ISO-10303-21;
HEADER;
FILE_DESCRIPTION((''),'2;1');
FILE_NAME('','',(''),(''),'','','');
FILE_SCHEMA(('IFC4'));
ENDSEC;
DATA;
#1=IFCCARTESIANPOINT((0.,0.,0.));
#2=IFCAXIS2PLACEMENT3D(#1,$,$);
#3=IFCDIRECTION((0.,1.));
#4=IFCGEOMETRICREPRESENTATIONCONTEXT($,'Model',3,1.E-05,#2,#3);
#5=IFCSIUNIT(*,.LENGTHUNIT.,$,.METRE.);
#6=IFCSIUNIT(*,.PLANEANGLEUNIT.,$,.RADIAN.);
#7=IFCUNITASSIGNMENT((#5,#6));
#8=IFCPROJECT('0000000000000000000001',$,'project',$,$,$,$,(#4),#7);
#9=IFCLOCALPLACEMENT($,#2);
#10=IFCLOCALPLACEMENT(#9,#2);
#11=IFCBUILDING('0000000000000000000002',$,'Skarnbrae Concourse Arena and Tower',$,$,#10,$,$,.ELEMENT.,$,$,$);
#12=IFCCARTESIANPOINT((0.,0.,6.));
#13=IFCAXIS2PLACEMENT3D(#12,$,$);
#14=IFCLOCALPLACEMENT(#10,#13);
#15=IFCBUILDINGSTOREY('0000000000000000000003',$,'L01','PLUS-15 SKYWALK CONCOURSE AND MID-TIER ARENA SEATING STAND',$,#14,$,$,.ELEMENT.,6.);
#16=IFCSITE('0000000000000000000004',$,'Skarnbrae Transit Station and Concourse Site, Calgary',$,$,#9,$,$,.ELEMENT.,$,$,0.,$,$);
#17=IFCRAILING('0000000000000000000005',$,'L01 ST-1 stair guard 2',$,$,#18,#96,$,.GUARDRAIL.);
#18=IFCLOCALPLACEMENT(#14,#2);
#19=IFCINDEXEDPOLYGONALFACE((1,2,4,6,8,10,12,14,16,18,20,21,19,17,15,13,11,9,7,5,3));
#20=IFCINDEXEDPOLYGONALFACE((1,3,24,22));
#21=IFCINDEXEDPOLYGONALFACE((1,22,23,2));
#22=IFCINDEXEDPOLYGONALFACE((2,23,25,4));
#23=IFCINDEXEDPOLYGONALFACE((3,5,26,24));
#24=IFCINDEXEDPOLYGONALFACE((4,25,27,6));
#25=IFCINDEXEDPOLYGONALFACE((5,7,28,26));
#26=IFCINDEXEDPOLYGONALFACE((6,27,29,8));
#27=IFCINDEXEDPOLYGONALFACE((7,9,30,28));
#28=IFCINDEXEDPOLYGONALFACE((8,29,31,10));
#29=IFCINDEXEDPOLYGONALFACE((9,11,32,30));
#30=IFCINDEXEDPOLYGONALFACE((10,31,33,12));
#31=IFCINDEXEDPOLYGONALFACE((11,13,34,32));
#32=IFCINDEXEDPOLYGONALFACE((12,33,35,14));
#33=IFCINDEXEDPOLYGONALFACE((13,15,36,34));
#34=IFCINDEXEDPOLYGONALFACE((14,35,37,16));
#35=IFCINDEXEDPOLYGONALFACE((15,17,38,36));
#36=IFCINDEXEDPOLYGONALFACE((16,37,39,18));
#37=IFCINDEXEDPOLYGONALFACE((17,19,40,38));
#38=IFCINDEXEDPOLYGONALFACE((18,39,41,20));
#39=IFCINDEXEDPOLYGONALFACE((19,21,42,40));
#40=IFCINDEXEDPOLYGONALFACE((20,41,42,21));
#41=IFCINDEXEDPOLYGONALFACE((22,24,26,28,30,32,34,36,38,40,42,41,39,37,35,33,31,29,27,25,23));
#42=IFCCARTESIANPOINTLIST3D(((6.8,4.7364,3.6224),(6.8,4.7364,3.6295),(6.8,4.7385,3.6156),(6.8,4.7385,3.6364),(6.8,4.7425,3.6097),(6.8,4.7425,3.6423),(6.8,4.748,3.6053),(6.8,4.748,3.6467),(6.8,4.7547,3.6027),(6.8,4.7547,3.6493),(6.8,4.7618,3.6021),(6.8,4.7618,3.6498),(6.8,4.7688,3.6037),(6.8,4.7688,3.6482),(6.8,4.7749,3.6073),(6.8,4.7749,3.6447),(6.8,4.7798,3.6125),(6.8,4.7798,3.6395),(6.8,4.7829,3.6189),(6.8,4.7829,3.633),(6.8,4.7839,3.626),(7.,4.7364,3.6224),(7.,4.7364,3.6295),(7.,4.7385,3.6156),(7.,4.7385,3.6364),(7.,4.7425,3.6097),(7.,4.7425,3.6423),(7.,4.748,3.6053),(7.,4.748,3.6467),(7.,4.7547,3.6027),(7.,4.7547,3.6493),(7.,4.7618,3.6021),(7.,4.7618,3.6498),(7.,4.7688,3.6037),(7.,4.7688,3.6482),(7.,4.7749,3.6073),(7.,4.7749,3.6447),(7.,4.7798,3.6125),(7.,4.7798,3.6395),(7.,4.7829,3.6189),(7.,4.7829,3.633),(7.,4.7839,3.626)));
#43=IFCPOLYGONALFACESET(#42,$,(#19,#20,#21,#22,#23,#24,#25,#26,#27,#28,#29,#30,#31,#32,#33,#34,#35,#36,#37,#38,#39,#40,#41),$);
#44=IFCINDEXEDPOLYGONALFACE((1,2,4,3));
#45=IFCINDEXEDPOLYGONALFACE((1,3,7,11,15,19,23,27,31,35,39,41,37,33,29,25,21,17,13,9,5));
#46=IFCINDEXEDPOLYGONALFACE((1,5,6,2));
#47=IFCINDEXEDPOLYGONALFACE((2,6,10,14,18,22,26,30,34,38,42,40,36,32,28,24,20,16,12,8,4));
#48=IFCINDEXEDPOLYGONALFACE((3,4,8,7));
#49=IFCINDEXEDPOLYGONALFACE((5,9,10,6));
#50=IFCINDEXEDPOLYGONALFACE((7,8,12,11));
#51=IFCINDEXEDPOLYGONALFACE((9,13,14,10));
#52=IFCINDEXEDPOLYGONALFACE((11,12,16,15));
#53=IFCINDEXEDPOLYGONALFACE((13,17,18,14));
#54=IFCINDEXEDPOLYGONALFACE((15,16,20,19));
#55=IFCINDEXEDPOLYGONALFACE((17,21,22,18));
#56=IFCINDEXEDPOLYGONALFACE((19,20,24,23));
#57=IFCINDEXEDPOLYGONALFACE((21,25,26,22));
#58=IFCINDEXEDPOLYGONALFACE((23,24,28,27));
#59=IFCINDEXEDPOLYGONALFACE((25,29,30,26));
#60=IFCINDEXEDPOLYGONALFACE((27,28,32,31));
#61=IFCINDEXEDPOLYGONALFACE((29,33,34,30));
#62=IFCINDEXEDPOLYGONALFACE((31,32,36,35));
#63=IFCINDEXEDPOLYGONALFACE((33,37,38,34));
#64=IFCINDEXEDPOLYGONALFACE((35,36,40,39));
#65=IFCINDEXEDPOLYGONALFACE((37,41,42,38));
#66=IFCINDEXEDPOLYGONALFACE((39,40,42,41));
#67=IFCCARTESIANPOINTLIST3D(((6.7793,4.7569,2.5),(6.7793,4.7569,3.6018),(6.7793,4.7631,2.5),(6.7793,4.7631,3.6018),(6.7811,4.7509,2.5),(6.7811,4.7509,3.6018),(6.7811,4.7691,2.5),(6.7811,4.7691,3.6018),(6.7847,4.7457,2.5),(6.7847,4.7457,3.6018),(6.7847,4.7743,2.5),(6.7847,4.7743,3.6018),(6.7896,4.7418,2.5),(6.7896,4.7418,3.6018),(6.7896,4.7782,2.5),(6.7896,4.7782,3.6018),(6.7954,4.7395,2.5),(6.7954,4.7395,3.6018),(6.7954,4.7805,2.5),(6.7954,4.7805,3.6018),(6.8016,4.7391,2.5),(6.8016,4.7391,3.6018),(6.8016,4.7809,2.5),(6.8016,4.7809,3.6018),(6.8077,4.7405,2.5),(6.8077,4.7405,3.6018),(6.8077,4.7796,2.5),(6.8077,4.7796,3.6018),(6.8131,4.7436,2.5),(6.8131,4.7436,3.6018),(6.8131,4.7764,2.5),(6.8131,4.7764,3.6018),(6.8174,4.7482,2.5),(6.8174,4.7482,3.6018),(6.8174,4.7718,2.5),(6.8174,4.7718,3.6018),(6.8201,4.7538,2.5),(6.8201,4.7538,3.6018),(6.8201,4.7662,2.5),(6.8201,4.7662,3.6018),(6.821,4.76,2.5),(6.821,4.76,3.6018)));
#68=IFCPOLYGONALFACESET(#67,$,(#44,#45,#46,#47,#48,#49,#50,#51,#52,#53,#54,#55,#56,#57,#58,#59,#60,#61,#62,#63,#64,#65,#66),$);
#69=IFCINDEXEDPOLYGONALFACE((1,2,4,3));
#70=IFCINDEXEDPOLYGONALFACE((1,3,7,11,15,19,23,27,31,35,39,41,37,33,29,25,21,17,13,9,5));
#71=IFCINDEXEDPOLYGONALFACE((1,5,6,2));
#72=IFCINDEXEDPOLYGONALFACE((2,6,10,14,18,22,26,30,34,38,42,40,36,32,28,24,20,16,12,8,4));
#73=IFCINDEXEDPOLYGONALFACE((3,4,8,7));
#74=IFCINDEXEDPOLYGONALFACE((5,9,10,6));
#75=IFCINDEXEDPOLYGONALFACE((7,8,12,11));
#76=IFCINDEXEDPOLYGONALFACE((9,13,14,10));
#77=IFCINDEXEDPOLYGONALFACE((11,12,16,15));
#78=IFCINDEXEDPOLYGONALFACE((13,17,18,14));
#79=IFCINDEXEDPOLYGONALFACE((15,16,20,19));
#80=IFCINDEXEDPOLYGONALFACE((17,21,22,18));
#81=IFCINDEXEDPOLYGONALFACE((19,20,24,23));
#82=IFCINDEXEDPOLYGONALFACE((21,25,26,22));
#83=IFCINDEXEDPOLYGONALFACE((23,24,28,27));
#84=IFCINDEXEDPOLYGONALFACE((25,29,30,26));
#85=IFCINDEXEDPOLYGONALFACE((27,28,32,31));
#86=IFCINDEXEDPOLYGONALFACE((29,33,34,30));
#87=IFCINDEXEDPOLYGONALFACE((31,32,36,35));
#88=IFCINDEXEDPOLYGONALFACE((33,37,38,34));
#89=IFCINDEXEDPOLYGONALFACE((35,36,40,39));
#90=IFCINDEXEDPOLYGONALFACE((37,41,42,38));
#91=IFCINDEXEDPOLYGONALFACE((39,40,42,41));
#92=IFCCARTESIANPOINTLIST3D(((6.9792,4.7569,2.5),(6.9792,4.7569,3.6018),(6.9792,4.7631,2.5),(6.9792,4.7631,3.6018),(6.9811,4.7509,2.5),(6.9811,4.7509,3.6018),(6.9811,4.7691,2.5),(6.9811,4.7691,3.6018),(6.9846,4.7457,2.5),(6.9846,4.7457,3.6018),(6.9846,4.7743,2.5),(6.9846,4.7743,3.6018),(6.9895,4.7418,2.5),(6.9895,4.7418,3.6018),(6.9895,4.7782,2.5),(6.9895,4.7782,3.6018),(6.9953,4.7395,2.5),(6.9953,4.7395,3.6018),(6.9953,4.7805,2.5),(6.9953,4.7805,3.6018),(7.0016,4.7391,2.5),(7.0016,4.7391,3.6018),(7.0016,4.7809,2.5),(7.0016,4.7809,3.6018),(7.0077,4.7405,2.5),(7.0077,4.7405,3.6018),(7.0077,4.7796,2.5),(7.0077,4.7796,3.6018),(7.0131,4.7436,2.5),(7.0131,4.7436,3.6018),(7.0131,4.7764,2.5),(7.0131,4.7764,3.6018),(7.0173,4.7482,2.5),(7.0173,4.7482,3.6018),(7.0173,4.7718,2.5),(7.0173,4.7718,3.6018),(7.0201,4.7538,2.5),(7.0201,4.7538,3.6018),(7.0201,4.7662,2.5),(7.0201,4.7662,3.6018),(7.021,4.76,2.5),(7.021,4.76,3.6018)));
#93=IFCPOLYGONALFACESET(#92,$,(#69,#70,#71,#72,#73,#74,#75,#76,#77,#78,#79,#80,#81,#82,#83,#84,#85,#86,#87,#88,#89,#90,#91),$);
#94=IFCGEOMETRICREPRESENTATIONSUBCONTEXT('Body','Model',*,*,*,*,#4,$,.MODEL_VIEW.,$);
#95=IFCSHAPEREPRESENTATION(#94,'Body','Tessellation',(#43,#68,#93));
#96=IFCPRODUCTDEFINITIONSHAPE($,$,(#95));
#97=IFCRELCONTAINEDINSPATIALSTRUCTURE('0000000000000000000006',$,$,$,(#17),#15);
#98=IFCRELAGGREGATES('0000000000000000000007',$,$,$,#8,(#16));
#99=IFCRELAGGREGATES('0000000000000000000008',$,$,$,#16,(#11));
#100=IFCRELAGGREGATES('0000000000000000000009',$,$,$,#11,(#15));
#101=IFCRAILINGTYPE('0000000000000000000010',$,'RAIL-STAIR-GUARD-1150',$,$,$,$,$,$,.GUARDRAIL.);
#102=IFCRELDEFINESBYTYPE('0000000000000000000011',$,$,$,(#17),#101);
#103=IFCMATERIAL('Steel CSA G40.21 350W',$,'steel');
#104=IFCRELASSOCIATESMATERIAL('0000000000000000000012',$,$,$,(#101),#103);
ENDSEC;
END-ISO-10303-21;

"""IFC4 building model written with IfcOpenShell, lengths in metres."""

from ifc_helpers import new_model, si_unit, direction, frame, origin, origin_2d, place, context, subcontext, project, spatial, circle, extrude, material, type_object, element, save


model = new_model("IFC4")

# Units and contexts
model_context = context("Model", 3, precision=1e-05, world=origin(), true_north=direction((0.0, 1.0)))
body_context = subcontext(model_context, "Body", "Model", "MODEL_VIEW")
ifc_project = project(units=[si_unit("LENGTHUNIT", "METRE"), si_unit("PLANEANGLEUNIT", "RADIAN")], contexts=[model_context])

# Site, building, storey
site_placement = place(None, origin())
site = spatial("IfcSite", under=ifc_project, at=site_placement, Name="Skarnbrae Transit Station and Concourse Site, Calgary", CompositionType="ELEMENT", RefElevation=0.0)
building_placement = place(site_placement, origin())
building = spatial("IfcBuilding", under=site, at=building_placement, Name="Skarnbrae Concourse Arena and Tower", CompositionType="ELEMENT")
storey_placement = place(building_placement, frame((0.0, 0.0, 6.0)))
storey = spatial("IfcBuildingStorey", under=building, at=storey_placement, Name="L01", Description="PLUS-15 SKYWALK CONCOURSE AND MID-TIER ARENA SEATING STAND", CompositionType="ELEMENT", Elevation=6.0)

# Shared definitions
ifc_material_1 = material(Name="Steel CSA G40.21 350W", Category="steel")

# Railing
railing_type_1 = type_object("IfcRailingType", Name="RAIL-STAIR-GUARD-1150", PredefinedType="GUARDRAIL", material=ifc_material_1)
railing_1_placement = place(storey_placement, frame((6.8, 4.76, 2.5)))
element("IfcRailing", 1, at=railing_1_placement, inside=storey, type_object=railing_type_1, Name="L01 ST-1 stair guard 2", PredefinedType="GUARDRAIL", context=body_context, shape_type="SweptSolid", body=[
    extrude(circle(Radius=0.0239, at=origin_2d()), frame((0.0, 0.0, 1.126), z_axis=(1.0, 0.0, 0.0), x_axis=(0.0, 1.0, 0.0)), (0.0, 0.0, 1.0), 0.2),
    extrude(circle(Radius=0.021, at=origin_2d()), origin(), (0.0, 0.0, 1.0), 1.1018),
    extrude(circle(Radius=0.021, at=origin_2d()), frame((0.2, 0.0, 0.0)), (0.0, 0.0, 1.0), 1.1018),
])

save(model, "model.ifc")
